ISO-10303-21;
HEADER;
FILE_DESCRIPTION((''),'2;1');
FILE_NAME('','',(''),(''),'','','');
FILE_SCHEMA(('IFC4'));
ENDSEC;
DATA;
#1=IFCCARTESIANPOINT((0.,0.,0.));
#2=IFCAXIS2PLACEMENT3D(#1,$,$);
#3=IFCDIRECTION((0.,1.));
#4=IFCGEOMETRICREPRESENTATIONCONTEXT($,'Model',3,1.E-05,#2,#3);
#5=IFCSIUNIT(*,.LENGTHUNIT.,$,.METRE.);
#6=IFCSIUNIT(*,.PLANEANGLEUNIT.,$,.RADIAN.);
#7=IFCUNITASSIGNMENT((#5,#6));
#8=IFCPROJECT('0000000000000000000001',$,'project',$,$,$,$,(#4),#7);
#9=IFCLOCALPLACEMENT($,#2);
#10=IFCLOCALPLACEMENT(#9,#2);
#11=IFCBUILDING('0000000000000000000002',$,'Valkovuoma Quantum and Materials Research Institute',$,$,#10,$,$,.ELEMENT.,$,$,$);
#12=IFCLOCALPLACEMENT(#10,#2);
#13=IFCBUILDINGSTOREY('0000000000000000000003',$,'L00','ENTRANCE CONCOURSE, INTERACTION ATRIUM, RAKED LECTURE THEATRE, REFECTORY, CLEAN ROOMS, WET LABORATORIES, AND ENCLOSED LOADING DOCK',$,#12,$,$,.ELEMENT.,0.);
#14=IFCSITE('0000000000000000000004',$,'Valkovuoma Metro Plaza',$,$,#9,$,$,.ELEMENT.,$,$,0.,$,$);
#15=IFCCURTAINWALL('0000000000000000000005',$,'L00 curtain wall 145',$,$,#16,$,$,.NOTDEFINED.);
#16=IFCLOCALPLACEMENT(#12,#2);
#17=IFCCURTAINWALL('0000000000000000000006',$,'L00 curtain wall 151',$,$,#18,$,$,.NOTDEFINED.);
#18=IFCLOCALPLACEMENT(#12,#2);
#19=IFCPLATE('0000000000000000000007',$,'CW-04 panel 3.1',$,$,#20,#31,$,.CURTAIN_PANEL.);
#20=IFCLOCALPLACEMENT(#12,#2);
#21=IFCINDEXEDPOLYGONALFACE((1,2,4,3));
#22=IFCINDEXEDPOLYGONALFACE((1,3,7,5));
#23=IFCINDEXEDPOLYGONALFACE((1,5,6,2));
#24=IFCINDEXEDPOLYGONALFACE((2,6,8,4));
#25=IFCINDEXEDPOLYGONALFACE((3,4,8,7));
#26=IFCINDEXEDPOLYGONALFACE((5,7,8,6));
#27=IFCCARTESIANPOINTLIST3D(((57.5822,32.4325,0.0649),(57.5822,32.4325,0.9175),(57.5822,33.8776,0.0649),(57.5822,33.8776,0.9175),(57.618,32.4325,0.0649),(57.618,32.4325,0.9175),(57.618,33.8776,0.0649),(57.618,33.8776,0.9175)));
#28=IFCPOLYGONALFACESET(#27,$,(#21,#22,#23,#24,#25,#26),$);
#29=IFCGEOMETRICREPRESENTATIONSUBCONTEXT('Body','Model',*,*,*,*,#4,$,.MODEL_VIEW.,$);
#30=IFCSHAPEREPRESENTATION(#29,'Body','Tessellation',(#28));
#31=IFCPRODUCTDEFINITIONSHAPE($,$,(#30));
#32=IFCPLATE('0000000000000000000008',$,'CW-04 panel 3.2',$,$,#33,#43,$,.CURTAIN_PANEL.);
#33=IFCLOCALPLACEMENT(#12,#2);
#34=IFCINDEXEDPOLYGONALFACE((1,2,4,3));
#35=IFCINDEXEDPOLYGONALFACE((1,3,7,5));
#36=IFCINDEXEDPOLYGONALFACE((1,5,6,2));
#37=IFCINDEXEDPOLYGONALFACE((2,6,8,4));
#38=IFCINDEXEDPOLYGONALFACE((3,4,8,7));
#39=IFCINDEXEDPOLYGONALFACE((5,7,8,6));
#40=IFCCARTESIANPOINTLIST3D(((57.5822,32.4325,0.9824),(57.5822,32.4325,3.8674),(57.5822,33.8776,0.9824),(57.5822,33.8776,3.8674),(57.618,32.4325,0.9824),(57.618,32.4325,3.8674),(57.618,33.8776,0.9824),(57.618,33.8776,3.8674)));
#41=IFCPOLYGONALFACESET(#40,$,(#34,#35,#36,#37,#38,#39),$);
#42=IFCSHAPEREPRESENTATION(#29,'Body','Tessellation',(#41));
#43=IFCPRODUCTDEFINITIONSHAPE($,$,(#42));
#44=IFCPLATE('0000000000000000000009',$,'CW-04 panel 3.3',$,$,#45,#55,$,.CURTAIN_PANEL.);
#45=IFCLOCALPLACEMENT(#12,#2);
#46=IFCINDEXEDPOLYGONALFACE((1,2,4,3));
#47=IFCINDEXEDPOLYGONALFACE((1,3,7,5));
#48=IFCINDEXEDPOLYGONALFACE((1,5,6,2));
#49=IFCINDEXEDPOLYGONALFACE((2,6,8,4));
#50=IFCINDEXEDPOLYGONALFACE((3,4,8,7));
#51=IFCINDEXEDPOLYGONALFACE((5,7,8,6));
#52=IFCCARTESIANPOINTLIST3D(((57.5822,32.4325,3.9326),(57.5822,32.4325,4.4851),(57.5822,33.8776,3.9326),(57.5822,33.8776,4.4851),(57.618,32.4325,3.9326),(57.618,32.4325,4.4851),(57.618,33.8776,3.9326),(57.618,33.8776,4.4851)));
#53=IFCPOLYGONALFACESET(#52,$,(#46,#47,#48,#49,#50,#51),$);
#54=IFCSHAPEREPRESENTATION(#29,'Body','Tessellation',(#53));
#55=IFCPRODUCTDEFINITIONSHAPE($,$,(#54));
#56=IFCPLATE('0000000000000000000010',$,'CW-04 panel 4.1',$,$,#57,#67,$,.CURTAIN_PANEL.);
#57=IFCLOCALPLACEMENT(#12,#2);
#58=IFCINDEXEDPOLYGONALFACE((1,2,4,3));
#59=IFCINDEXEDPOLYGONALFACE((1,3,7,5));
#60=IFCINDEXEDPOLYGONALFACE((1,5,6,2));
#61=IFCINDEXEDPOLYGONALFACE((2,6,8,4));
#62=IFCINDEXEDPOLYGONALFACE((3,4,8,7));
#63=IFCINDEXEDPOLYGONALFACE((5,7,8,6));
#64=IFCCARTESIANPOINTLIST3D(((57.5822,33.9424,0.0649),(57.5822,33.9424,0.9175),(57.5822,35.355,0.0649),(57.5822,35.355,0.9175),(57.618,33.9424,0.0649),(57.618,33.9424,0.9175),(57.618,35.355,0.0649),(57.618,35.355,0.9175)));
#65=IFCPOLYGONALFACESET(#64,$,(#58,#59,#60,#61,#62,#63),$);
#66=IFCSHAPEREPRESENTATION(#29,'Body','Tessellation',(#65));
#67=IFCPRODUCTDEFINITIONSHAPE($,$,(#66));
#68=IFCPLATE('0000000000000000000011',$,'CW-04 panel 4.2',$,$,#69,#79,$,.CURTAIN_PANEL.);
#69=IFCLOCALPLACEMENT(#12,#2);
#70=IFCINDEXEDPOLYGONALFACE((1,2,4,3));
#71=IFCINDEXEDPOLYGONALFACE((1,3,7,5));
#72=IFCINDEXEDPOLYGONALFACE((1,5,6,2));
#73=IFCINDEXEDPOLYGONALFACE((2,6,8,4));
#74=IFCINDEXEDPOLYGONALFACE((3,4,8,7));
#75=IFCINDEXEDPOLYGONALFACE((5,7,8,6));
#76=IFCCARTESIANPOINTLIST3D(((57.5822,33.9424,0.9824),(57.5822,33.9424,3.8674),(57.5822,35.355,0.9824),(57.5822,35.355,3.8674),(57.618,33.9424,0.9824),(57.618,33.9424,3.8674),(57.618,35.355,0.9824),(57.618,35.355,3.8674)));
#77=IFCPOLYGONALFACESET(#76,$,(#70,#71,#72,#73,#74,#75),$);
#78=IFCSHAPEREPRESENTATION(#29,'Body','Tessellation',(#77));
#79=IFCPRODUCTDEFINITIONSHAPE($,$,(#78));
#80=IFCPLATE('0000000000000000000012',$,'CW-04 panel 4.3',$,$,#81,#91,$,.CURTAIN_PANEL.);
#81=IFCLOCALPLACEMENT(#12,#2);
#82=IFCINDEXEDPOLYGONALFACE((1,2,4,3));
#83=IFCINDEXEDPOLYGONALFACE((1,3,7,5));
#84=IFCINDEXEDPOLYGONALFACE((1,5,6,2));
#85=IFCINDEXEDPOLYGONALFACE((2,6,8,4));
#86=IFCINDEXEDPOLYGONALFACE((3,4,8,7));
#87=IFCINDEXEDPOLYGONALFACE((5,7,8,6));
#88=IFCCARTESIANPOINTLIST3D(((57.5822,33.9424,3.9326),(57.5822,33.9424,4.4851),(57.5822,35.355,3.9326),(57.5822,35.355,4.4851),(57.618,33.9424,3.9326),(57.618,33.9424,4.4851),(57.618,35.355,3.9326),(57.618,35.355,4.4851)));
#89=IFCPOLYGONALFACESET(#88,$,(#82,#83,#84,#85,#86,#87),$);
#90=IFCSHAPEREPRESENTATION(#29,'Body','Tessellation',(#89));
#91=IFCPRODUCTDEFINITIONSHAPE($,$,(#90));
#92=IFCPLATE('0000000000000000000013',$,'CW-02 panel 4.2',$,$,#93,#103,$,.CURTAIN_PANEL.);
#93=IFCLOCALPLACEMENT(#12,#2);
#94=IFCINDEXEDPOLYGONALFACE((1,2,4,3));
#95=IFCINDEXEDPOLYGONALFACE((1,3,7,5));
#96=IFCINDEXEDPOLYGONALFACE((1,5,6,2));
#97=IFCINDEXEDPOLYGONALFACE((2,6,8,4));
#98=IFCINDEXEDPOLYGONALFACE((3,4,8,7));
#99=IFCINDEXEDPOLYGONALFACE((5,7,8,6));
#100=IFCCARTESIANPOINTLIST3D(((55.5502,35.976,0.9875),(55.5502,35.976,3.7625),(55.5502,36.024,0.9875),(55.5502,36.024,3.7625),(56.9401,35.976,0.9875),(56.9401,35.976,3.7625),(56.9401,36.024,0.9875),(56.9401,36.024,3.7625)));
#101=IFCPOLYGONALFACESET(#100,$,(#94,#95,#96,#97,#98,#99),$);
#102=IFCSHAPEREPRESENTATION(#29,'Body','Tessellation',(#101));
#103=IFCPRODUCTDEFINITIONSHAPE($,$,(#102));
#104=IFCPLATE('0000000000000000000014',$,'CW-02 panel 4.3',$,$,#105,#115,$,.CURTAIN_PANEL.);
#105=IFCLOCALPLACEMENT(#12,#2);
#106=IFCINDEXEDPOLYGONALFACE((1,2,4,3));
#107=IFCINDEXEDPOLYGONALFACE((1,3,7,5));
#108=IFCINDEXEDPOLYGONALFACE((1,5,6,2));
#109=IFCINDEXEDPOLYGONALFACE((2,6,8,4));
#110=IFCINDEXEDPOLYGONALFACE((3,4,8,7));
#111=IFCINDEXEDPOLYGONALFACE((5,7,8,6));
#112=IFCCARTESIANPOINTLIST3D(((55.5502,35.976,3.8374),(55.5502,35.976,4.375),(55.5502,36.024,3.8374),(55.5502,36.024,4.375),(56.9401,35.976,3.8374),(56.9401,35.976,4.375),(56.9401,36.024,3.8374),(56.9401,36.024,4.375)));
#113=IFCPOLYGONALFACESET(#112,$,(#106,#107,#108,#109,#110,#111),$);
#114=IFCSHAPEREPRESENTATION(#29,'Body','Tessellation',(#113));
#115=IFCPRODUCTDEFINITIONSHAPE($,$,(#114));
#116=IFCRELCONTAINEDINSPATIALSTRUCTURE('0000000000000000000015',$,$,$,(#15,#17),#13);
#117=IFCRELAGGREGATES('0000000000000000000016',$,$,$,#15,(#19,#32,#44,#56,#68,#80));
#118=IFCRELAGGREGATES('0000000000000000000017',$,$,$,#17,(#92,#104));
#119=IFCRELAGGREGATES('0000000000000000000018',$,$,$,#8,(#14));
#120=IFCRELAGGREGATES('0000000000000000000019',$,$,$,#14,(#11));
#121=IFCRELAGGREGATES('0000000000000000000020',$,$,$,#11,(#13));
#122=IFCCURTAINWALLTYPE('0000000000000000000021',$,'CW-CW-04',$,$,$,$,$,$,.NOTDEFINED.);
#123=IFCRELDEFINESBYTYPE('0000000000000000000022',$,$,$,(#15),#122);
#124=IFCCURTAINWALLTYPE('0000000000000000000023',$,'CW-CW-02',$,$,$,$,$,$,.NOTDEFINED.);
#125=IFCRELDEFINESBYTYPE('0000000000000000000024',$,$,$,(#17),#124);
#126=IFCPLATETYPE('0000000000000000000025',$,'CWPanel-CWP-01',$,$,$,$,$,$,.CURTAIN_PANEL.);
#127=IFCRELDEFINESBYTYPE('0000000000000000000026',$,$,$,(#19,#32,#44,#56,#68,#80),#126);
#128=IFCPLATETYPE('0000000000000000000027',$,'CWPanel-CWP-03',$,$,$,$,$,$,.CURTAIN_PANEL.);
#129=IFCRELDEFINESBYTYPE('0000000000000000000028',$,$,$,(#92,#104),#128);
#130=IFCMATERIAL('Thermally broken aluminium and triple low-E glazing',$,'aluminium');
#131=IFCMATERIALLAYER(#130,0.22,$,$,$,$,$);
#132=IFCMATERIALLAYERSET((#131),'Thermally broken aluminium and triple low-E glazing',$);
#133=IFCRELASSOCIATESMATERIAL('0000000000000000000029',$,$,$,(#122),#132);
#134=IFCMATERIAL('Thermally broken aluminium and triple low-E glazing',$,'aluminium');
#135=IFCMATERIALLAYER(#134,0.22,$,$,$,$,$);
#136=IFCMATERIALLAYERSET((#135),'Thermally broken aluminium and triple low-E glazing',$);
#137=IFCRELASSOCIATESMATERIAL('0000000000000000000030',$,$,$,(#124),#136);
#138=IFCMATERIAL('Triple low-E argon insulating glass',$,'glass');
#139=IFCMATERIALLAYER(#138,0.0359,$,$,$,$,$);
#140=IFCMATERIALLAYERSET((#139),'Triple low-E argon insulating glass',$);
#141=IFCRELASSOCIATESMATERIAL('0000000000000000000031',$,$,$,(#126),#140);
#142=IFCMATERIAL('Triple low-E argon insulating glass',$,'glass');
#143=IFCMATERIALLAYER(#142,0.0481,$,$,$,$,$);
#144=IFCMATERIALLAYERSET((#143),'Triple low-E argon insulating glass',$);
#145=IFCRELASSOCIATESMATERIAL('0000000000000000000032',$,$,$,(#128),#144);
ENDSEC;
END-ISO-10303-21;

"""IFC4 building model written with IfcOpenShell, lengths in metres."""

from ifc_helpers import new_model, si_unit, direction, frame, origin, origin_2d, place, context, subcontext, project, spatial, rectangle, extrude, material, layer, layer_set, type_object, element, aggregate, save


model = new_model("IFC4")

# Units and contexts
model_context = context("Model", 3, precision=1e-05, world=origin(), true_north=direction((0.0, 1.0)))
body_context = subcontext(model_context, "Body", "Model", "MODEL_VIEW")
ifc_project = project(units=[si_unit("LENGTHUNIT", "METRE"), si_unit("PLANEANGLEUNIT", "RADIAN")], contexts=[model_context])

# Site, building, storey
site_placement = place(None, origin())
site = spatial("IfcSite", under=ifc_project, at=site_placement, Name="Valkovuoma Metro Plaza", CompositionType="ELEMENT", RefElevation=0.0)
building_placement = place(site_placement, origin())
building = spatial("IfcBuilding", under=site, at=building_placement, Name="Valkovuoma Quantum and Materials Research Institute", CompositionType="ELEMENT")
storey_placement = place(building_placement, origin())
storey = spatial("IfcBuildingStorey", under=building, at=storey_placement, Name="L00", Description="ENTRANCE CONCOURSE, INTERACTION ATRIUM, RAKED LECTURE THEATRE, REFECTORY, CLEAN ROOMS, WET LABORATORIES, AND ENCLOSED LOADING DOCK", CompositionType="ELEMENT", Elevation=0.0)

# Curtain wall
ifc_material_1 = material(Name="Thermally broken aluminium and triple low-E glazing", Category="aluminium")
ifc_layer_1 = layer(ifc_material_1, 0.22)
ifc_layer_set_1 = layer_set([ifc_layer_1], Name="Thermally broken aluminium and triple low-E glazing")
curtain_wall_type_1 = type_object("IfcCurtainWallType", Name="CW-CW-04", PredefinedType="NOTDEFINED", material=ifc_layer_set_1)
curtain_wall_1_placement = place(storey_placement, origin())
curtain_wall_1 = element("IfcCurtainWall", 1, at=curtain_wall_1_placement, inside=storey, type_object=curtain_wall_type_1, Name="L00 curtain wall 145", PredefinedType="NOTDEFINED")

# Curtain wall
ifc_material_2 = material(Name="Thermally broken aluminium and triple low-E glazing", Category="aluminium")
ifc_layer_2 = layer(ifc_material_2, 0.22)
ifc_layer_set_2 = layer_set([ifc_layer_2], Name="Thermally broken aluminium and triple low-E glazing")
curtain_wall_type_2 = type_object("IfcCurtainWallType", Name="CW-CW-02", PredefinedType="NOTDEFINED", material=ifc_layer_set_2)
curtain_wall_2_placement = place(storey_placement, origin())
curtain_wall_2 = element("IfcCurtainWall", 2, at=curtain_wall_2_placement, inside=storey, type_object=curtain_wall_type_2, Name="L00 curtain wall 151", PredefinedType="NOTDEFINED")

# Plates
ifc_material_3 = material(Name="Triple low-E argon insulating glass", Category="glass")
ifc_layer_3 = layer(ifc_material_3, 0.0359)
ifc_layer_set_3 = layer_set([ifc_layer_3], Name="Triple low-E argon insulating glass")
plate_type_1 = type_object("IfcPlateType", Name="CWPanel-CWP-01", PredefinedType="CURTAIN_PANEL", material=ifc_layer_set_3)
plate_1_placement = place(storey_placement, frame((57.6001, 33.155, 0.0649), z_axis=(0.0, 0.0, 1.0), x_axis=(0.0, 1.0, 0.0)))
plate_1 = element("IfcPlate", 3, at=plate_1_placement, type_object=plate_type_1, Name="CW-04 panel 3.1", PredefinedType="CURTAIN_PANEL", context=body_context, shape_type="SweptSolid", body=[
    extrude(rectangle(XDim=1.4451, YDim=0.0359, at=origin_2d()), origin(), (0.0, 0.0, 1.0), 0.8525),
])
plate_2_placement = place(storey_placement, frame((57.6001, 33.155, 0.9824), z_axis=(0.0, 0.0, 1.0), x_axis=(0.0, 1.0, 0.0)))
plate_2 = element("IfcPlate", 4, at=plate_2_placement, type_object=plate_type_1, Name="CW-04 panel 3.2", PredefinedType="CURTAIN_PANEL", context=body_context, shape_type="SweptSolid", body=[
    extrude(rectangle(XDim=1.4451, YDim=0.0359, at=origin_2d()), origin(), (0.0, 0.0, 1.0), 2.885),
])
plate_3_placement = place(storey_placement, frame((57.6001, 33.155, 3.9326), z_axis=(0.0, 0.0, 1.0), x_axis=(0.0, 1.0, 0.0)))
plate_3 = element("IfcPlate", 5, at=plate_3_placement, type_object=plate_type_1, Name="CW-04 panel 3.3", PredefinedType="CURTAIN_PANEL", context=body_context, shape_type="SweptSolid", body=[
    extrude(rectangle(XDim=1.4451, YDim=0.0359, at=origin_2d()), origin(), (0.0, 0.0, 1.0), 0.5525),
])
plate_4_placement = place(storey_placement, frame((57.6001, 34.6487, 0.0649), z_axis=(0.0, 0.0, 1.0), x_axis=(0.0, 1.0, 0.0)))
plate_4 = element("IfcPlate", 6, at=plate_4_placement, type_object=plate_type_1, Name="CW-04 panel 4.1", PredefinedType="CURTAIN_PANEL", context=body_context, shape_type="SweptSolid", body=[
    extrude(rectangle(XDim=1.4126, YDim=0.0359, at=origin_2d()), origin(), (0.0, 0.0, 1.0), 0.8525),
])
plate_5_placement = place(storey_placement, frame((57.6001, 34.6487, 0.9824), z_axis=(0.0, 0.0, 1.0), x_axis=(0.0, 1.0, 0.0)))
plate_5 = element("IfcPlate", 7, at=plate_5_placement, type_object=plate_type_1, Name="CW-04 panel 4.2", PredefinedType="CURTAIN_PANEL", context=body_context, shape_type="SweptSolid", body=[
    extrude(rectangle(XDim=1.4126, YDim=0.0359, at=origin_2d()), origin(), (0.0, 0.0, 1.0), 2.885),
])
plate_6_placement = place(storey_placement, frame((57.6001, 34.6487, 3.9326), z_axis=(0.0, 0.0, 1.0), x_axis=(0.0, 1.0, 0.0)))
plate_6 = element("IfcPlate", 8, at=plate_6_placement, type_object=plate_type_1, Name="CW-04 panel 4.3", PredefinedType="CURTAIN_PANEL", context=body_context, shape_type="SweptSolid", body=[
    extrude(rectangle(XDim=1.4126, YDim=0.0359, at=origin_2d()), origin(), (0.0, 0.0, 1.0), 0.5525),
])
aggregate(curtain_wall_1, [plate_1, plate_2, plate_3, plate_4, plate_5, plate_6])
ifc_material_4 = material(Name="Triple low-E argon insulating glass", Category="glass")
ifc_layer_4 = layer(ifc_material_4, 0.0481)
ifc_layer_set_4 = layer_set([ifc_layer_4], Name="Triple low-E argon insulating glass")
plate_type_2 = type_object("IfcPlateType", Name="CWPanel-CWP-03", PredefinedType="CURTAIN_PANEL", material=ifc_layer_set_4)
plate_7_placement = place(storey_placement, frame((56.2451, 36.0, 0.9875), z_axis=(0.0, 0.0, 1.0), x_axis=(1.0, 0.0, 0.0)))
plate_7 = element("IfcPlate", 9, at=plate_7_placement, type_object=plate_type_2, Name="CW-02 panel 4.2", PredefinedType="CURTAIN_PANEL", context=body_context, shape_type="SweptSolid", body=[
    extrude(rectangle(XDim=1.3899, YDim=0.0481, at=origin_2d()), origin(), (0.0, 0.0, 1.0), 2.7749),
])
plate_8_placement = place(storey_placement, frame((56.2451, 36.0, 3.8374), z_axis=(0.0, 0.0, 1.0), x_axis=(1.0, 0.0, 0.0)))
plate_8 = element("IfcPlate", 10, at=plate_8_placement, type_object=plate_type_2, Name="CW-02 panel 4.3", PredefinedType="CURTAIN_PANEL", context=body_context, shape_type="SweptSolid", body=[
    extrude(rectangle(XDim=1.3899, YDim=0.0481, at=origin_2d()), origin(), (0.0, 0.0, 1.0), 0.5376),
])
aggregate(curtain_wall_2, [plate_7, plate_8])

save(model, "model.ifc")
